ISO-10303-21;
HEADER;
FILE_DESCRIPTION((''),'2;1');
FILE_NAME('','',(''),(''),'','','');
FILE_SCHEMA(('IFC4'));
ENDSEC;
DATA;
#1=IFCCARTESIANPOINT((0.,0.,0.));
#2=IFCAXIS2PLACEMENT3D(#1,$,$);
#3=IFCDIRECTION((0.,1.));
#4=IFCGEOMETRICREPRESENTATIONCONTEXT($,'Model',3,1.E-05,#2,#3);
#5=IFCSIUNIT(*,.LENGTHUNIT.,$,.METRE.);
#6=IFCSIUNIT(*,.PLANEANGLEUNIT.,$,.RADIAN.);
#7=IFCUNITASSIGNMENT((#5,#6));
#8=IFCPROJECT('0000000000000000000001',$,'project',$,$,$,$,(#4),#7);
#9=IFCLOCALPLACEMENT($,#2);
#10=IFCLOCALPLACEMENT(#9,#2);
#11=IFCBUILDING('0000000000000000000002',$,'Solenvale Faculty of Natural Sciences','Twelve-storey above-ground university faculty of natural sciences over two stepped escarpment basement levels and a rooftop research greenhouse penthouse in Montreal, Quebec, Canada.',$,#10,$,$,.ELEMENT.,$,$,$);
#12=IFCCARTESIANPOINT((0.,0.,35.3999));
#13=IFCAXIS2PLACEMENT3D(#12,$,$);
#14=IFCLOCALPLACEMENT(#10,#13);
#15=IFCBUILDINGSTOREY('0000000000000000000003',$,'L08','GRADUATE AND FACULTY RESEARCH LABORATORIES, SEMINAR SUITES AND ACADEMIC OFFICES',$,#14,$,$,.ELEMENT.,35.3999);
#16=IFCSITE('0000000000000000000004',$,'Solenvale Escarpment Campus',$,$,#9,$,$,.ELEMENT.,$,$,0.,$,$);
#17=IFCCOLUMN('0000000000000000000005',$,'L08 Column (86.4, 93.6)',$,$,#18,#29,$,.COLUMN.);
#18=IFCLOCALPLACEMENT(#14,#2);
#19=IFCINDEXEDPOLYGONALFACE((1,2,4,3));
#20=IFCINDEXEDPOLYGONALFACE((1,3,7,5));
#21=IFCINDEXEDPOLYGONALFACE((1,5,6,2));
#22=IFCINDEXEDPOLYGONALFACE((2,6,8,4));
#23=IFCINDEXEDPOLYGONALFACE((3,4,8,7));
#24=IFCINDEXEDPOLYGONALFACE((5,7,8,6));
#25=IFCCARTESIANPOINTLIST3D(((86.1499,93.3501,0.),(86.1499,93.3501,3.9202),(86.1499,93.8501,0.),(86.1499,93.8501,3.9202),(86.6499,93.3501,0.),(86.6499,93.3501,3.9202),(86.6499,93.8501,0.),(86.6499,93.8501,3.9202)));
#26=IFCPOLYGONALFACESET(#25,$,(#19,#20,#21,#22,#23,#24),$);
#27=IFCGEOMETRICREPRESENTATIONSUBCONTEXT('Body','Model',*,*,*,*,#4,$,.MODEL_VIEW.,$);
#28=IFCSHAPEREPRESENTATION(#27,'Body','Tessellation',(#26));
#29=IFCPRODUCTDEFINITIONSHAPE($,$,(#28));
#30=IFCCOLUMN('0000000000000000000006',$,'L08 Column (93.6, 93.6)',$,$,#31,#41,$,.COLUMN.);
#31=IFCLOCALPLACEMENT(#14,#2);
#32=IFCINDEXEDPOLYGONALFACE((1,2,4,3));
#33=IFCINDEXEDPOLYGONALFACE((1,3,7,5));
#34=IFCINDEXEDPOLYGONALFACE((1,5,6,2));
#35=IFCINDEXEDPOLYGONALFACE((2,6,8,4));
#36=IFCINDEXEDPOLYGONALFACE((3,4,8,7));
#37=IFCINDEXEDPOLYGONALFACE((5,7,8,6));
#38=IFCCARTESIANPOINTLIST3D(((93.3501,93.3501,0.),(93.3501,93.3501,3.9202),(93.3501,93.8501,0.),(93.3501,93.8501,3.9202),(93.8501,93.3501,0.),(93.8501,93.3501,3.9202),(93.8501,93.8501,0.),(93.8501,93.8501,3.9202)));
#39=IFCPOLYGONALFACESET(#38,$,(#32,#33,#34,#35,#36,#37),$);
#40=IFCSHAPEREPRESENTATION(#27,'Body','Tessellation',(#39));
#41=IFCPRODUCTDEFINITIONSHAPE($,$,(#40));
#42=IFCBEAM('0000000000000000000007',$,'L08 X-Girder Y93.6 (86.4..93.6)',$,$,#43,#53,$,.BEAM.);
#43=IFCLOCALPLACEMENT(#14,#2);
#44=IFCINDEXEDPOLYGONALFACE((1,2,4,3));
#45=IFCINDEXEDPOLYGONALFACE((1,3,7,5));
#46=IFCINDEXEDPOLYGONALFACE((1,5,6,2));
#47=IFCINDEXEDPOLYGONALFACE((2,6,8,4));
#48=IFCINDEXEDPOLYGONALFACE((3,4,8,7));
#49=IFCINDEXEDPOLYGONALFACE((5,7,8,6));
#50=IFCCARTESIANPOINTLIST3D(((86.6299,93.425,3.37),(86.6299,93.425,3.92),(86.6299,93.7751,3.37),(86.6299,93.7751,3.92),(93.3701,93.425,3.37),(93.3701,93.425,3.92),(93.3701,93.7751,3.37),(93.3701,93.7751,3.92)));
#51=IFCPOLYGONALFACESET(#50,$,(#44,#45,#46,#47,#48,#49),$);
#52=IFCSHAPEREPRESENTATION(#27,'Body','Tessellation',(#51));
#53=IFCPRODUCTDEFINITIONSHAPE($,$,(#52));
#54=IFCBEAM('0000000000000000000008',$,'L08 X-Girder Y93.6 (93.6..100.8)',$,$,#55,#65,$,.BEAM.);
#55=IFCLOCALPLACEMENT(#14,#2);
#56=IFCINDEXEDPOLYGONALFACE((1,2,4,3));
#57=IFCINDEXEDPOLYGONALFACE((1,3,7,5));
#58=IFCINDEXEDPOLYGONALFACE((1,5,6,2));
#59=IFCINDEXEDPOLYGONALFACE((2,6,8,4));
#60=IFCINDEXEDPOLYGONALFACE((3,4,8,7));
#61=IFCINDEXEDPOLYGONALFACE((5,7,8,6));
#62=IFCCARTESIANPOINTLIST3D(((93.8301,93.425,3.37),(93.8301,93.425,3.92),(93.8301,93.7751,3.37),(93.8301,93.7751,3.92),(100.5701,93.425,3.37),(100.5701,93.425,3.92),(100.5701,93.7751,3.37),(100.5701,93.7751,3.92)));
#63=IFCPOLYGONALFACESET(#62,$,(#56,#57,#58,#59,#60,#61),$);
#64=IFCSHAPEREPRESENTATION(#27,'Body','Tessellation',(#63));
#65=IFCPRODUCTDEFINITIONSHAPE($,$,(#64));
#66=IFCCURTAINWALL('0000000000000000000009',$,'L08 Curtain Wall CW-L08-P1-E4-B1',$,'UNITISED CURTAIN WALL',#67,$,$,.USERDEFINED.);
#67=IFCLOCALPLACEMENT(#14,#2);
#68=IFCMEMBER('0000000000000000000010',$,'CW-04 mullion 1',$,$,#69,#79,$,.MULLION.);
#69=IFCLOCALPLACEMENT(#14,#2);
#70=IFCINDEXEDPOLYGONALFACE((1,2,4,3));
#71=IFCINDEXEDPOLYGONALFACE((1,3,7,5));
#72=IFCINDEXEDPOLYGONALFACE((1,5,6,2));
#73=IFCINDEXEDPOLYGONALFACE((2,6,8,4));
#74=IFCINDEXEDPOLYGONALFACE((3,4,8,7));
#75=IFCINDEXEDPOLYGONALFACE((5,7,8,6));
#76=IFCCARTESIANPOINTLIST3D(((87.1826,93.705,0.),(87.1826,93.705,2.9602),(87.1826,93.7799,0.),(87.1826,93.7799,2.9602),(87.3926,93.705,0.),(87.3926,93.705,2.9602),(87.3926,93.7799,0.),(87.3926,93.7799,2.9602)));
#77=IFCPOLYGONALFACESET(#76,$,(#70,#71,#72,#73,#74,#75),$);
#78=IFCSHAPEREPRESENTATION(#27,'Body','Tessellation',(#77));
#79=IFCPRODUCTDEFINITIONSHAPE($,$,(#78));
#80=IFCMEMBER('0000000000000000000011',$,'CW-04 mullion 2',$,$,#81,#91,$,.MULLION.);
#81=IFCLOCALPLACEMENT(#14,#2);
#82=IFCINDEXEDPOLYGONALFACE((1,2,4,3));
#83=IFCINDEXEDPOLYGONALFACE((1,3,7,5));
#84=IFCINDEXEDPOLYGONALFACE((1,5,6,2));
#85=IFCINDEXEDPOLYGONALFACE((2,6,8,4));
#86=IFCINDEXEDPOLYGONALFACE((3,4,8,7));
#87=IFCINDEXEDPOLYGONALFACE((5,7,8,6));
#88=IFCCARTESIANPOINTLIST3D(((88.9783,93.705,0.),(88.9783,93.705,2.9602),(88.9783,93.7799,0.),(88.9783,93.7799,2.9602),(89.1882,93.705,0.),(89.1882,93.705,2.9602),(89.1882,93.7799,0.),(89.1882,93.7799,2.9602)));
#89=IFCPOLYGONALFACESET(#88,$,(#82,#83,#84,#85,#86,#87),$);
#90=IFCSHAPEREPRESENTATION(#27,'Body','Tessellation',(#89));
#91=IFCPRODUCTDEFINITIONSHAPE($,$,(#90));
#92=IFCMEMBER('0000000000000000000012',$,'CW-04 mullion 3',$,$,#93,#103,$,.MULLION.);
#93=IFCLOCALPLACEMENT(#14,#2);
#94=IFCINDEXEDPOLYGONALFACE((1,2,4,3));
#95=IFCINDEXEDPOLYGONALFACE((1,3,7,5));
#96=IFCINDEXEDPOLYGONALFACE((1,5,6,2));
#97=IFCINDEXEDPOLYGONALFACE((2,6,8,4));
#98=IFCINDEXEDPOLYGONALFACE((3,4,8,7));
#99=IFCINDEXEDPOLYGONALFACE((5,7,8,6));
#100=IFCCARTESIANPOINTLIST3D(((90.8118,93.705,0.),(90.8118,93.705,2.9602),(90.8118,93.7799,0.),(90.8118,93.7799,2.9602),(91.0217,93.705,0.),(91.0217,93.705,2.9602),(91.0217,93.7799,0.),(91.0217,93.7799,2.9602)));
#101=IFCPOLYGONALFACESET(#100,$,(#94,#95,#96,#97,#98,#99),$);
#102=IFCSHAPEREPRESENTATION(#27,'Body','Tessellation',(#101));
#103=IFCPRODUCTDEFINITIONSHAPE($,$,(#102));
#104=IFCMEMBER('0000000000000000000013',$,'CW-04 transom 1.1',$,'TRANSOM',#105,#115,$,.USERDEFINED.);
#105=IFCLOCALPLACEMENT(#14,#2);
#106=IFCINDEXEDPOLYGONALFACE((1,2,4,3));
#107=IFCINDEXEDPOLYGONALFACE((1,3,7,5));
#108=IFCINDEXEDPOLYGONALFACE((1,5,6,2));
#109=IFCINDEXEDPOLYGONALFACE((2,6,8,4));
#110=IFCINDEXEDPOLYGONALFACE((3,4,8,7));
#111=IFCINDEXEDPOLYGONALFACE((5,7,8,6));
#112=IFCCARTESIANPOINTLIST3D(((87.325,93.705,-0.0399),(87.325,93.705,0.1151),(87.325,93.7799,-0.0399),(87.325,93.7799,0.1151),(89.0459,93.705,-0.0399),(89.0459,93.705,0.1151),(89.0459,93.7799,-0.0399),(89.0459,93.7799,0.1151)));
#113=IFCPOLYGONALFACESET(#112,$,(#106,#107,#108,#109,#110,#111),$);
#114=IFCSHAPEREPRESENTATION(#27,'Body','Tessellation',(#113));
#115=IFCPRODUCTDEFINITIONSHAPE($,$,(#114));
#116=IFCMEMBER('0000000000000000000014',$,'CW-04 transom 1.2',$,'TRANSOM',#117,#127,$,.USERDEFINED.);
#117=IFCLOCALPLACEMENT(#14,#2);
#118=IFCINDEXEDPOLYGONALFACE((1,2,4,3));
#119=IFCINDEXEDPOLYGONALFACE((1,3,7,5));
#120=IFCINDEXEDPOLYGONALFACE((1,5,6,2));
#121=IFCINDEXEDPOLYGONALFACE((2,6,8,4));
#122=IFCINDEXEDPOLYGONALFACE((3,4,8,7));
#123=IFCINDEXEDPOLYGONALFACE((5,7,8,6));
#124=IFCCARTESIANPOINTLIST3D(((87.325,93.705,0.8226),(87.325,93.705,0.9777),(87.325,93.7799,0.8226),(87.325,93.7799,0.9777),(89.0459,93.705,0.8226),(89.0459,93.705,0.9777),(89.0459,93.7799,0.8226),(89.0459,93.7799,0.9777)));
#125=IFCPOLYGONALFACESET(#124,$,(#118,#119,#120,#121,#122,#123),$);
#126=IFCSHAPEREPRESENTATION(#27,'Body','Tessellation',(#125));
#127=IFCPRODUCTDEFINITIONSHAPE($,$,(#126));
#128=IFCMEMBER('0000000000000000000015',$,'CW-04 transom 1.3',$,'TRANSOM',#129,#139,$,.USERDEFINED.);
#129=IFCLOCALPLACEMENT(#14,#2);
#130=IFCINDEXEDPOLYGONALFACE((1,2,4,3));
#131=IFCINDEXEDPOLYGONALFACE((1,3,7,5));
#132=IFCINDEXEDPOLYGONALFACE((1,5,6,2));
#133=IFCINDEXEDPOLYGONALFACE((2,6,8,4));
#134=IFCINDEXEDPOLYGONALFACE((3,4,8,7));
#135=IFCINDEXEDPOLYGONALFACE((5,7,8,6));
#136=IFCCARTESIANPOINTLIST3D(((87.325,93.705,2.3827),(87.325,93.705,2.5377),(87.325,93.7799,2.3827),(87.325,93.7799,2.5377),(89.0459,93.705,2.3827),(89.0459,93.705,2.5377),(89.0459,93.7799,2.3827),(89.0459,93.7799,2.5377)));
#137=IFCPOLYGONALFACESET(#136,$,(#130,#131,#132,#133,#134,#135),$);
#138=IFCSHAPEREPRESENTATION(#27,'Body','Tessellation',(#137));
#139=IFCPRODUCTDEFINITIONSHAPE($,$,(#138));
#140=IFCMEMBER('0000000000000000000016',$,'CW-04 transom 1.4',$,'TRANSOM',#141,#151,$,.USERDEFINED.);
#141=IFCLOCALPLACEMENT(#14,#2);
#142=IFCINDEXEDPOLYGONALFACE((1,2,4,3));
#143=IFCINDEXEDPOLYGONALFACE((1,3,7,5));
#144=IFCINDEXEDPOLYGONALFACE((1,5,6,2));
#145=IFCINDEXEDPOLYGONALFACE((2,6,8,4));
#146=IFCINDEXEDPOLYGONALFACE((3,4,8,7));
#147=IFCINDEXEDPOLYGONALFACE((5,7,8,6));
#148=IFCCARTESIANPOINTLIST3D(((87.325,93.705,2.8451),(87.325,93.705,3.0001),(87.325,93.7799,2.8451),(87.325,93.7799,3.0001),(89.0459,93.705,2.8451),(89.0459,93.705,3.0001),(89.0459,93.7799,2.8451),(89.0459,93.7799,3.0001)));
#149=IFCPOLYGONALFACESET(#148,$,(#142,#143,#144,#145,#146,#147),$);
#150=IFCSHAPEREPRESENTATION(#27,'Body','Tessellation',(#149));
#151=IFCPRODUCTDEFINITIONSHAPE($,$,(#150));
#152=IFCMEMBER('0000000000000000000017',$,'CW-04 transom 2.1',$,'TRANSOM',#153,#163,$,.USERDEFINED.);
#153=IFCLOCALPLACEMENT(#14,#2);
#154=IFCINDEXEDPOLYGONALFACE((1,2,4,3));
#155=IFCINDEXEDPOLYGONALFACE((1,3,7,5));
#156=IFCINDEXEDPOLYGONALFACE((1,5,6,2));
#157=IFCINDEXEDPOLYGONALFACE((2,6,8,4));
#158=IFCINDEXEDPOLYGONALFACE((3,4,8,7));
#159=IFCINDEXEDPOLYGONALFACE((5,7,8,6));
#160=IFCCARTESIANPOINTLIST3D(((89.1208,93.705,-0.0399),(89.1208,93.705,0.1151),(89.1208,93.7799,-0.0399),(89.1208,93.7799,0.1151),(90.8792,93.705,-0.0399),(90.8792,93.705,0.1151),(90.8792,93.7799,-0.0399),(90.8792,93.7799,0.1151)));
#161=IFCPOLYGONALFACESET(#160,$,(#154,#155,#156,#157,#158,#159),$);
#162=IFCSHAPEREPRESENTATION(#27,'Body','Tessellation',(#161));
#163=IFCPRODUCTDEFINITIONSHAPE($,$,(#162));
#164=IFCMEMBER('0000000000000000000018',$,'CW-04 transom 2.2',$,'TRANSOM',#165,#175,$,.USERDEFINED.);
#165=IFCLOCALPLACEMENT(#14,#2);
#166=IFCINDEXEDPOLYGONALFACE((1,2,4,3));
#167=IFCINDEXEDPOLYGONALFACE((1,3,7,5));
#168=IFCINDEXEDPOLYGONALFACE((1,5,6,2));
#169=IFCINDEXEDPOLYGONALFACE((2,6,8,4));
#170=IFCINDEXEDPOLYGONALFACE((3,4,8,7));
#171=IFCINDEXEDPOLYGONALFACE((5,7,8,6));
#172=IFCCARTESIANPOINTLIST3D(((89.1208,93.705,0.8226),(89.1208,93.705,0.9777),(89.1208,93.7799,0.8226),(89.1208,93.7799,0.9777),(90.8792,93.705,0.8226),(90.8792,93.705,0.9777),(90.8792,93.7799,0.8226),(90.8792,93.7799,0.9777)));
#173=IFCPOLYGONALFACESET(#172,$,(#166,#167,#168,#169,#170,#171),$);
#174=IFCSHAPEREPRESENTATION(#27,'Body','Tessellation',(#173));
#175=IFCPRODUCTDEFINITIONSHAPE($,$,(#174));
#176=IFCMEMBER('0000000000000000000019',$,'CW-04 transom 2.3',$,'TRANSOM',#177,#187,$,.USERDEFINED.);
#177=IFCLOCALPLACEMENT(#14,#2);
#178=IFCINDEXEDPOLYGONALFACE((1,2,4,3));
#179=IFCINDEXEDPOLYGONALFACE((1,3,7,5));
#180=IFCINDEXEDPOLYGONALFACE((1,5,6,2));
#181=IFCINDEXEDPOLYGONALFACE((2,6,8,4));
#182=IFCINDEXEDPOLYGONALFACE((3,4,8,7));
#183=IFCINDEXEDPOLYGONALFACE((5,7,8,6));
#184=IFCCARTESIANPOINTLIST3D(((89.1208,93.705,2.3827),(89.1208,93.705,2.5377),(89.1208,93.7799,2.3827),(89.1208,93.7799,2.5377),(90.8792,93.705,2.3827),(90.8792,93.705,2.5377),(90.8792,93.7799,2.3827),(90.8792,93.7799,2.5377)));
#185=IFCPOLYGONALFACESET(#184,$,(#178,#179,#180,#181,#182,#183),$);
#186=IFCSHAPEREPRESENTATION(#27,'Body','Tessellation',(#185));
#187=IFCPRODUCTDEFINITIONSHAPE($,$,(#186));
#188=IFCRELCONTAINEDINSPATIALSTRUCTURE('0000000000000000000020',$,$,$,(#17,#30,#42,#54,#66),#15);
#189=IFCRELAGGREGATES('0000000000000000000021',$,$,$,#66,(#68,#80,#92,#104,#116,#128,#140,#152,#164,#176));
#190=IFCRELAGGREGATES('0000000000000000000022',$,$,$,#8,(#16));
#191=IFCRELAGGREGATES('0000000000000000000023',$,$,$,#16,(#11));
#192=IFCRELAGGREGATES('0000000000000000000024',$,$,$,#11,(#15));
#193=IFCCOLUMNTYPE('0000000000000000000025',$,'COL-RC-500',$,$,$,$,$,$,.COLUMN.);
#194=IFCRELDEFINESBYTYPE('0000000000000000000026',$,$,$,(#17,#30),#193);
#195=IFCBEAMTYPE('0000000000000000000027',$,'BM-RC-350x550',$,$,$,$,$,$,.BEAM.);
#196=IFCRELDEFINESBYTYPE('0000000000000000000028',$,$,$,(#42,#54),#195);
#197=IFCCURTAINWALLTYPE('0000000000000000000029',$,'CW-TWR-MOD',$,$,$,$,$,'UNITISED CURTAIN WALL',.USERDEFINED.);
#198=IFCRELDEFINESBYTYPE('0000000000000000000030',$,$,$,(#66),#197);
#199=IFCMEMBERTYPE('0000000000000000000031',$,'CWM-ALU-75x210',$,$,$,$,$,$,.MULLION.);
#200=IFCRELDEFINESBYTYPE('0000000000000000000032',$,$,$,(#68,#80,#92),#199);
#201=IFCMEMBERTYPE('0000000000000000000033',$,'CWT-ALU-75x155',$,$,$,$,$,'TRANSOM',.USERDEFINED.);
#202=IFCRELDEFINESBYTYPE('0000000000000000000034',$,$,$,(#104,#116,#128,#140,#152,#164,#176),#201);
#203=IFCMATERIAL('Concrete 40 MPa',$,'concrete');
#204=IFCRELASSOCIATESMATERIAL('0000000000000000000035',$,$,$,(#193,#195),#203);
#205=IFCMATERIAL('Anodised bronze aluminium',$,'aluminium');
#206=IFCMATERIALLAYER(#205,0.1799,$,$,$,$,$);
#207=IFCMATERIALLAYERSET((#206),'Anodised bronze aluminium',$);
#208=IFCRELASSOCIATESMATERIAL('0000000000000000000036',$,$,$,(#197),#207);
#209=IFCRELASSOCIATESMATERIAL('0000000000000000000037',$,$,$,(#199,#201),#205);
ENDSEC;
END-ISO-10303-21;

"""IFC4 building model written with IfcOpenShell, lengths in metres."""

from ifc_helpers import new_model, si_unit, direction, frame, origin, origin_2d, place, context, subcontext, project, spatial, rectangle, extrude, material, layer, layer_set, material_profile, profile_set, type_object, element, aggregate, save


model = new_model("IFC4")

# Units and contexts
model_context = context("Model", 3, precision=1e-05, world=origin(), true_north=direction((0.0, 1.0)))
body_context = subcontext(model_context, "Body", "Model", "MODEL_VIEW")
ifc_project = project(units=[si_unit("LENGTHUNIT", "METRE"), si_unit("PLANEANGLEUNIT", "RADIAN")], contexts=[model_context])

# Site, building, storey
site_placement = place(None, origin())
site = spatial("IfcSite", under=ifc_project, at=site_placement, Name="Solenvale Escarpment Campus", CompositionType="ELEMENT", RefElevation=0.0)
building_placement = place(site_placement, origin())
building = spatial("IfcBuilding", under=site, at=building_placement, Name="Solenvale Faculty of Natural Sciences", Description="Twelve-storey above-ground university faculty of natural sciences over two stepped escarpment basement levels and a rooftop research greenhouse penthouse in Montreal, Quebec, Canada.", CompositionType="ELEMENT")
storey_placement = place(building_placement, frame((0.0, 0.0, 35.3999)))
storey = spatial("IfcBuildingStorey", under=building, at=storey_placement, Name="L08", Description="GRADUATE AND FACULTY RESEARCH LABORATORIES, SEMINAR SUITES AND ACADEMIC OFFICES", CompositionType="ELEMENT", Elevation=35.3999)

# Columns
ifc_material_1 = material(Name="Concrete 40 MPa", Category="concrete")
ifc_material_profile_1 = material_profile(ifc_material_1, rectangle(XDim=0.5, YDim=0.5, at=origin_2d()), Name="RC-COL-500x500")
ifc_profile_set_1 = profile_set([ifc_material_profile_1], Name="Concrete 40 MPa")
column_type = type_object("IfcColumnType", Name="COL-RC-500", PredefinedType="COLUMN", material=ifc_profile_set_1)
for number, where, z_axis, x_axis, name in (
    (1, (86.3999, 93.6001, 0.0), (0.0, 0.0, 1.0), (1.0, 0.0, 0.0), "L08 Column (86.4, 93.6)"),
    (2, (93.6001, 93.6001, 0.0), (0.0, 0.0, 1.0), (1.0, 0.0, 0.0), "L08 Column (93.6, 93.6)"),
):
    element("IfcColumn", number, at=place(storey_placement, frame(where, z_axis=z_axis, x_axis=x_axis)), inside=storey, type_object=column_type, Name=name, PredefinedType="COLUMN", context=body_context, shape_type="SweptSolid", body=[
        extrude(rectangle(XDim=0.5, YDim=0.5, at=origin_2d()), origin(), (0.0, 0.0, 1.0), 3.9202),
    ])

# Beams
ifc_material_profile_2 = material_profile(ifc_material_1, rectangle(XDim=0.3501, YDim=0.55, at=origin_2d()), Name="RC-BM-350x550")
ifc_profile_set_2 = profile_set([ifc_material_profile_2], Name="Concrete 40 MPa")
beam_type = type_object("IfcBeamType", Name="BM-RC-350x550", PredefinedType="BEAM", material=ifc_profile_set_2)
beam_1_placement = place(storey_placement, frame((86.6299, 93.6001, 3.645), z_axis=(1.0, 0.0, 0.0), x_axis=(0.0, 1.0, 0.0)))
element("IfcBeam", 3, at=beam_1_placement, inside=storey, type_object=beam_type, Name="L08 X-Girder Y93.6 (86.4..93.6)", PredefinedType="BEAM", context=body_context, shape_type="SweptSolid", body=[
    extrude(rectangle(XDim=0.3501, YDim=0.55, at=origin_2d()), origin(), (0.0, 0.0, 1.0), 6.7402),
])
beam_2_placement = place(storey_placement, frame((93.8301, 93.6001, 3.645), z_axis=(1.0, 0.0, 0.0), x_axis=(0.0, 1.0, 0.0)))
element("IfcBeam", 4, at=beam_2_placement, inside=storey, type_object=beam_type, Name="L08 X-Girder Y93.6 (93.6..100.8)", PredefinedType="BEAM", context=body_context, shape_type="SweptSolid", body=[
    extrude(rectangle(XDim=0.3501, YDim=0.55, at=origin_2d()), origin(), (0.0, 0.0, 1.0), 6.74),
])

# Curtain wall, members
ifc_material_2 = material(Name="Anodised bronze aluminium", Category="aluminium")
ifc_layer_1 = layer(ifc_material_2, 0.1799)
ifc_layer_set_1 = layer_set([ifc_layer_1], Name="Anodised bronze aluminium")
curtain_wall_type = type_object("IfcCurtainWallType", Name="CW-TWR-MOD", ElementType="UNITISED CURTAIN WALL", PredefinedType="USERDEFINED", material=ifc_layer_set_1)
curtain_wall_placement = place(storey_placement, origin())
curtain_wall = element("IfcCurtainWall", 5, at=curtain_wall_placement, inside=storey, type_object=curtain_wall_type, Name="L08 Curtain Wall CW-L08-P1-E4-B1", ObjectType="UNITISED CURTAIN WALL", PredefinedType="USERDEFINED")
ifc_material_profile_3 = material_profile(ifc_material_2, rectangle(XDim=0.075, YDim=0.21, at=origin_2d()), Name="ALU-MUL-75x210")
ifc_profile_set_3 = profile_set([ifc_material_profile_3], Name="Anodised bronze aluminium")
member_type_1 = type_object("IfcMemberType", Name="CWM-ALU-75x210", PredefinedType="MULLION", material=ifc_profile_set_3)
member_1_placement = place(storey_placement, frame((87.2876, 93.7424, 0.0), z_axis=(0.0, 0.0, 1.0), x_axis=(0.0, 1.0, 0.0)))
member_1 = element("IfcMember", 6, at=member_1_placement, type_object=member_type_1, Name="CW-04 mullion 1", PredefinedType="MULLION", context=body_context, shape_type="SweptSolid", body=[
    extrude(rectangle(XDim=0.075, YDim=0.21, at=origin_2d()), origin(), (0.0, 0.0, 1.0), 2.9602),
])
member_2_placement = place(storey_placement, frame((89.0833, 93.7424, 0.0), z_axis=(0.0, 0.0, 1.0), x_axis=(0.0, 1.0, 0.0)))
member_2 = element("IfcMember", 7, at=member_2_placement, type_object=member_type_1, Name="CW-04 mullion 2", PredefinedType="MULLION", context=body_context, shape_type="SweptSolid", body=[
    extrude(rectangle(XDim=0.075, YDim=0.21, at=origin_2d()), origin(), (0.0, 0.0, 1.0), 2.9602),
])
member_3_placement = place(storey_placement, frame((90.9167, 93.7424, 0.0), z_axis=(0.0, 0.0, 1.0), x_axis=(0.0, 1.0, 0.0)))
member_3 = element("IfcMember", 8, at=member_3_placement, type_object=member_type_1, Name="CW-04 mullion 3", PredefinedType="MULLION", context=body_context, shape_type="SweptSolid", body=[
    extrude(rectangle(XDim=0.075, YDim=0.21, at=origin_2d()), origin(), (0.0, 0.0, 1.0), 2.9602),
])
ifc_material_profile_4 = material_profile(ifc_material_2, rectangle(XDim=0.075, YDim=0.155, at=origin_2d()), Name="ALU-TRN-75x155")
ifc_profile_set_4 = profile_set([ifc_material_profile_4], Name="Anodised bronze aluminium")
member_type_2 = type_object("IfcMemberType", Name="CWT-ALU-75x155", ElementType="TRANSOM", PredefinedType="USERDEFINED", material=ifc_profile_set_4)
member_4_placement = place(storey_placement, frame((87.325, 93.7424, 0.0376), z_axis=(1.0, 0.0, 0.0), x_axis=(0.0, 1.0, 0.0)))
member_4 = element("IfcMember", 9, at=member_4_placement, type_object=member_type_2, Name="CW-04 transom 1.1", ObjectType="TRANSOM", PredefinedType="USERDEFINED", context=body_context, shape_type="SweptSolid", body=[
    extrude(rectangle(XDim=0.075, YDim=0.155, at=origin_2d()), origin(), (0.0, 0.0, 1.0), 1.7209),
])
member_5_placement = place(storey_placement, frame((87.325, 93.7424, 0.9001), z_axis=(1.0, 0.0, 0.0), x_axis=(0.0, 1.0, 0.0)))
member_5 = element("IfcMember", 10, at=member_5_placement, type_object=member_type_2, Name="CW-04 transom 1.2", ObjectType="TRANSOM", PredefinedType="USERDEFINED", context=body_context, shape_type="SweptSolid", body=[
    extrude(rectangle(XDim=0.075, YDim=0.155, at=origin_2d()), origin(), (0.0, 0.0, 1.0), 1.7209),
])
member_6_placement = place(storey_placement, frame((87.325, 93.7424, 2.4602), z_axis=(1.0, 0.0, 0.0), x_axis=(0.0, 1.0, 0.0)))
member_6 = element("IfcMember", 11, at=member_6_placement, type_object=member_type_2, Name="CW-04 transom 1.3", ObjectType="TRANSOM", PredefinedType="USERDEFINED", context=body_context, shape_type="SweptSolid", body=[
    extrude(rectangle(XDim=0.075, YDim=0.155, at=origin_2d()), origin(), (0.0, 0.0, 1.0), 1.7209),
])
member_7_placement = place(storey_placement, frame((87.325, 93.7424, 2.9226), z_axis=(1.0, 0.0, 0.0), x_axis=(0.0, 1.0, 0.0)))
member_7 = element("IfcMember", 12, at=member_7_placement, type_object=member_type_2, Name="CW-04 transom 1.4", ObjectType="TRANSOM", PredefinedType="USERDEFINED", context=body_context, shape_type="SweptSolid", body=[
    extrude(rectangle(XDim=0.075, YDim=0.155, at=origin_2d()), origin(), (0.0, 0.0, 1.0), 1.7209),
])
member_8_placement = place(storey_placement, frame((89.1208, 93.7424, 0.0376), z_axis=(1.0, 0.0, 0.0), x_axis=(0.0, 1.0, 0.0)))
member_8 = element("IfcMember", 13, at=member_8_placement, type_object=member_type_2, Name="CW-04 transom 2.1", ObjectType="TRANSOM", PredefinedType="USERDEFINED", context=body_context, shape_type="SweptSolid", body=[
    extrude(rectangle(XDim=0.075, YDim=0.155, at=origin_2d()), origin(), (0.0, 0.0, 1.0), 1.7583),
])
member_9_placement = place(storey_placement, frame((89.1208, 93.7424, 0.9001), z_axis=(1.0, 0.0, 0.0), x_axis=(0.0, 1.0, 0.0)))
member_9 = element("IfcMember", 14, at=member_9_placement, type_object=member_type_2, Name="CW-04 transom 2.2", ObjectType="TRANSOM", PredefinedType="USERDEFINED", context=body_context, shape_type="SweptSolid", body=[
    extrude(rectangle(XDim=0.075, YDim=0.155, at=origin_2d()), origin(), (0.0, 0.0, 1.0), 1.7583),
])
member_10_placement = place(storey_placement, frame((89.1208, 93.7424, 2.4602), z_axis=(1.0, 0.0, 0.0), x_axis=(0.0, 1.0, 0.0)))
member_10 = element("IfcMember", 15, at=member_10_placement, type_object=member_type_2, Name="CW-04 transom 2.3", ObjectType="TRANSOM", PredefinedType="USERDEFINED", context=body_context, shape_type="SweptSolid", body=[
    extrude(rectangle(XDim=0.075, YDim=0.155, at=origin_2d()), origin(), (0.0, 0.0, 1.0), 1.7583),
])
aggregate(curtain_wall, [member_1, member_2, member_3, member_4, member_5, member_6, member_7, member_8, member_9, member_10])

save(model, "model.ifc")
